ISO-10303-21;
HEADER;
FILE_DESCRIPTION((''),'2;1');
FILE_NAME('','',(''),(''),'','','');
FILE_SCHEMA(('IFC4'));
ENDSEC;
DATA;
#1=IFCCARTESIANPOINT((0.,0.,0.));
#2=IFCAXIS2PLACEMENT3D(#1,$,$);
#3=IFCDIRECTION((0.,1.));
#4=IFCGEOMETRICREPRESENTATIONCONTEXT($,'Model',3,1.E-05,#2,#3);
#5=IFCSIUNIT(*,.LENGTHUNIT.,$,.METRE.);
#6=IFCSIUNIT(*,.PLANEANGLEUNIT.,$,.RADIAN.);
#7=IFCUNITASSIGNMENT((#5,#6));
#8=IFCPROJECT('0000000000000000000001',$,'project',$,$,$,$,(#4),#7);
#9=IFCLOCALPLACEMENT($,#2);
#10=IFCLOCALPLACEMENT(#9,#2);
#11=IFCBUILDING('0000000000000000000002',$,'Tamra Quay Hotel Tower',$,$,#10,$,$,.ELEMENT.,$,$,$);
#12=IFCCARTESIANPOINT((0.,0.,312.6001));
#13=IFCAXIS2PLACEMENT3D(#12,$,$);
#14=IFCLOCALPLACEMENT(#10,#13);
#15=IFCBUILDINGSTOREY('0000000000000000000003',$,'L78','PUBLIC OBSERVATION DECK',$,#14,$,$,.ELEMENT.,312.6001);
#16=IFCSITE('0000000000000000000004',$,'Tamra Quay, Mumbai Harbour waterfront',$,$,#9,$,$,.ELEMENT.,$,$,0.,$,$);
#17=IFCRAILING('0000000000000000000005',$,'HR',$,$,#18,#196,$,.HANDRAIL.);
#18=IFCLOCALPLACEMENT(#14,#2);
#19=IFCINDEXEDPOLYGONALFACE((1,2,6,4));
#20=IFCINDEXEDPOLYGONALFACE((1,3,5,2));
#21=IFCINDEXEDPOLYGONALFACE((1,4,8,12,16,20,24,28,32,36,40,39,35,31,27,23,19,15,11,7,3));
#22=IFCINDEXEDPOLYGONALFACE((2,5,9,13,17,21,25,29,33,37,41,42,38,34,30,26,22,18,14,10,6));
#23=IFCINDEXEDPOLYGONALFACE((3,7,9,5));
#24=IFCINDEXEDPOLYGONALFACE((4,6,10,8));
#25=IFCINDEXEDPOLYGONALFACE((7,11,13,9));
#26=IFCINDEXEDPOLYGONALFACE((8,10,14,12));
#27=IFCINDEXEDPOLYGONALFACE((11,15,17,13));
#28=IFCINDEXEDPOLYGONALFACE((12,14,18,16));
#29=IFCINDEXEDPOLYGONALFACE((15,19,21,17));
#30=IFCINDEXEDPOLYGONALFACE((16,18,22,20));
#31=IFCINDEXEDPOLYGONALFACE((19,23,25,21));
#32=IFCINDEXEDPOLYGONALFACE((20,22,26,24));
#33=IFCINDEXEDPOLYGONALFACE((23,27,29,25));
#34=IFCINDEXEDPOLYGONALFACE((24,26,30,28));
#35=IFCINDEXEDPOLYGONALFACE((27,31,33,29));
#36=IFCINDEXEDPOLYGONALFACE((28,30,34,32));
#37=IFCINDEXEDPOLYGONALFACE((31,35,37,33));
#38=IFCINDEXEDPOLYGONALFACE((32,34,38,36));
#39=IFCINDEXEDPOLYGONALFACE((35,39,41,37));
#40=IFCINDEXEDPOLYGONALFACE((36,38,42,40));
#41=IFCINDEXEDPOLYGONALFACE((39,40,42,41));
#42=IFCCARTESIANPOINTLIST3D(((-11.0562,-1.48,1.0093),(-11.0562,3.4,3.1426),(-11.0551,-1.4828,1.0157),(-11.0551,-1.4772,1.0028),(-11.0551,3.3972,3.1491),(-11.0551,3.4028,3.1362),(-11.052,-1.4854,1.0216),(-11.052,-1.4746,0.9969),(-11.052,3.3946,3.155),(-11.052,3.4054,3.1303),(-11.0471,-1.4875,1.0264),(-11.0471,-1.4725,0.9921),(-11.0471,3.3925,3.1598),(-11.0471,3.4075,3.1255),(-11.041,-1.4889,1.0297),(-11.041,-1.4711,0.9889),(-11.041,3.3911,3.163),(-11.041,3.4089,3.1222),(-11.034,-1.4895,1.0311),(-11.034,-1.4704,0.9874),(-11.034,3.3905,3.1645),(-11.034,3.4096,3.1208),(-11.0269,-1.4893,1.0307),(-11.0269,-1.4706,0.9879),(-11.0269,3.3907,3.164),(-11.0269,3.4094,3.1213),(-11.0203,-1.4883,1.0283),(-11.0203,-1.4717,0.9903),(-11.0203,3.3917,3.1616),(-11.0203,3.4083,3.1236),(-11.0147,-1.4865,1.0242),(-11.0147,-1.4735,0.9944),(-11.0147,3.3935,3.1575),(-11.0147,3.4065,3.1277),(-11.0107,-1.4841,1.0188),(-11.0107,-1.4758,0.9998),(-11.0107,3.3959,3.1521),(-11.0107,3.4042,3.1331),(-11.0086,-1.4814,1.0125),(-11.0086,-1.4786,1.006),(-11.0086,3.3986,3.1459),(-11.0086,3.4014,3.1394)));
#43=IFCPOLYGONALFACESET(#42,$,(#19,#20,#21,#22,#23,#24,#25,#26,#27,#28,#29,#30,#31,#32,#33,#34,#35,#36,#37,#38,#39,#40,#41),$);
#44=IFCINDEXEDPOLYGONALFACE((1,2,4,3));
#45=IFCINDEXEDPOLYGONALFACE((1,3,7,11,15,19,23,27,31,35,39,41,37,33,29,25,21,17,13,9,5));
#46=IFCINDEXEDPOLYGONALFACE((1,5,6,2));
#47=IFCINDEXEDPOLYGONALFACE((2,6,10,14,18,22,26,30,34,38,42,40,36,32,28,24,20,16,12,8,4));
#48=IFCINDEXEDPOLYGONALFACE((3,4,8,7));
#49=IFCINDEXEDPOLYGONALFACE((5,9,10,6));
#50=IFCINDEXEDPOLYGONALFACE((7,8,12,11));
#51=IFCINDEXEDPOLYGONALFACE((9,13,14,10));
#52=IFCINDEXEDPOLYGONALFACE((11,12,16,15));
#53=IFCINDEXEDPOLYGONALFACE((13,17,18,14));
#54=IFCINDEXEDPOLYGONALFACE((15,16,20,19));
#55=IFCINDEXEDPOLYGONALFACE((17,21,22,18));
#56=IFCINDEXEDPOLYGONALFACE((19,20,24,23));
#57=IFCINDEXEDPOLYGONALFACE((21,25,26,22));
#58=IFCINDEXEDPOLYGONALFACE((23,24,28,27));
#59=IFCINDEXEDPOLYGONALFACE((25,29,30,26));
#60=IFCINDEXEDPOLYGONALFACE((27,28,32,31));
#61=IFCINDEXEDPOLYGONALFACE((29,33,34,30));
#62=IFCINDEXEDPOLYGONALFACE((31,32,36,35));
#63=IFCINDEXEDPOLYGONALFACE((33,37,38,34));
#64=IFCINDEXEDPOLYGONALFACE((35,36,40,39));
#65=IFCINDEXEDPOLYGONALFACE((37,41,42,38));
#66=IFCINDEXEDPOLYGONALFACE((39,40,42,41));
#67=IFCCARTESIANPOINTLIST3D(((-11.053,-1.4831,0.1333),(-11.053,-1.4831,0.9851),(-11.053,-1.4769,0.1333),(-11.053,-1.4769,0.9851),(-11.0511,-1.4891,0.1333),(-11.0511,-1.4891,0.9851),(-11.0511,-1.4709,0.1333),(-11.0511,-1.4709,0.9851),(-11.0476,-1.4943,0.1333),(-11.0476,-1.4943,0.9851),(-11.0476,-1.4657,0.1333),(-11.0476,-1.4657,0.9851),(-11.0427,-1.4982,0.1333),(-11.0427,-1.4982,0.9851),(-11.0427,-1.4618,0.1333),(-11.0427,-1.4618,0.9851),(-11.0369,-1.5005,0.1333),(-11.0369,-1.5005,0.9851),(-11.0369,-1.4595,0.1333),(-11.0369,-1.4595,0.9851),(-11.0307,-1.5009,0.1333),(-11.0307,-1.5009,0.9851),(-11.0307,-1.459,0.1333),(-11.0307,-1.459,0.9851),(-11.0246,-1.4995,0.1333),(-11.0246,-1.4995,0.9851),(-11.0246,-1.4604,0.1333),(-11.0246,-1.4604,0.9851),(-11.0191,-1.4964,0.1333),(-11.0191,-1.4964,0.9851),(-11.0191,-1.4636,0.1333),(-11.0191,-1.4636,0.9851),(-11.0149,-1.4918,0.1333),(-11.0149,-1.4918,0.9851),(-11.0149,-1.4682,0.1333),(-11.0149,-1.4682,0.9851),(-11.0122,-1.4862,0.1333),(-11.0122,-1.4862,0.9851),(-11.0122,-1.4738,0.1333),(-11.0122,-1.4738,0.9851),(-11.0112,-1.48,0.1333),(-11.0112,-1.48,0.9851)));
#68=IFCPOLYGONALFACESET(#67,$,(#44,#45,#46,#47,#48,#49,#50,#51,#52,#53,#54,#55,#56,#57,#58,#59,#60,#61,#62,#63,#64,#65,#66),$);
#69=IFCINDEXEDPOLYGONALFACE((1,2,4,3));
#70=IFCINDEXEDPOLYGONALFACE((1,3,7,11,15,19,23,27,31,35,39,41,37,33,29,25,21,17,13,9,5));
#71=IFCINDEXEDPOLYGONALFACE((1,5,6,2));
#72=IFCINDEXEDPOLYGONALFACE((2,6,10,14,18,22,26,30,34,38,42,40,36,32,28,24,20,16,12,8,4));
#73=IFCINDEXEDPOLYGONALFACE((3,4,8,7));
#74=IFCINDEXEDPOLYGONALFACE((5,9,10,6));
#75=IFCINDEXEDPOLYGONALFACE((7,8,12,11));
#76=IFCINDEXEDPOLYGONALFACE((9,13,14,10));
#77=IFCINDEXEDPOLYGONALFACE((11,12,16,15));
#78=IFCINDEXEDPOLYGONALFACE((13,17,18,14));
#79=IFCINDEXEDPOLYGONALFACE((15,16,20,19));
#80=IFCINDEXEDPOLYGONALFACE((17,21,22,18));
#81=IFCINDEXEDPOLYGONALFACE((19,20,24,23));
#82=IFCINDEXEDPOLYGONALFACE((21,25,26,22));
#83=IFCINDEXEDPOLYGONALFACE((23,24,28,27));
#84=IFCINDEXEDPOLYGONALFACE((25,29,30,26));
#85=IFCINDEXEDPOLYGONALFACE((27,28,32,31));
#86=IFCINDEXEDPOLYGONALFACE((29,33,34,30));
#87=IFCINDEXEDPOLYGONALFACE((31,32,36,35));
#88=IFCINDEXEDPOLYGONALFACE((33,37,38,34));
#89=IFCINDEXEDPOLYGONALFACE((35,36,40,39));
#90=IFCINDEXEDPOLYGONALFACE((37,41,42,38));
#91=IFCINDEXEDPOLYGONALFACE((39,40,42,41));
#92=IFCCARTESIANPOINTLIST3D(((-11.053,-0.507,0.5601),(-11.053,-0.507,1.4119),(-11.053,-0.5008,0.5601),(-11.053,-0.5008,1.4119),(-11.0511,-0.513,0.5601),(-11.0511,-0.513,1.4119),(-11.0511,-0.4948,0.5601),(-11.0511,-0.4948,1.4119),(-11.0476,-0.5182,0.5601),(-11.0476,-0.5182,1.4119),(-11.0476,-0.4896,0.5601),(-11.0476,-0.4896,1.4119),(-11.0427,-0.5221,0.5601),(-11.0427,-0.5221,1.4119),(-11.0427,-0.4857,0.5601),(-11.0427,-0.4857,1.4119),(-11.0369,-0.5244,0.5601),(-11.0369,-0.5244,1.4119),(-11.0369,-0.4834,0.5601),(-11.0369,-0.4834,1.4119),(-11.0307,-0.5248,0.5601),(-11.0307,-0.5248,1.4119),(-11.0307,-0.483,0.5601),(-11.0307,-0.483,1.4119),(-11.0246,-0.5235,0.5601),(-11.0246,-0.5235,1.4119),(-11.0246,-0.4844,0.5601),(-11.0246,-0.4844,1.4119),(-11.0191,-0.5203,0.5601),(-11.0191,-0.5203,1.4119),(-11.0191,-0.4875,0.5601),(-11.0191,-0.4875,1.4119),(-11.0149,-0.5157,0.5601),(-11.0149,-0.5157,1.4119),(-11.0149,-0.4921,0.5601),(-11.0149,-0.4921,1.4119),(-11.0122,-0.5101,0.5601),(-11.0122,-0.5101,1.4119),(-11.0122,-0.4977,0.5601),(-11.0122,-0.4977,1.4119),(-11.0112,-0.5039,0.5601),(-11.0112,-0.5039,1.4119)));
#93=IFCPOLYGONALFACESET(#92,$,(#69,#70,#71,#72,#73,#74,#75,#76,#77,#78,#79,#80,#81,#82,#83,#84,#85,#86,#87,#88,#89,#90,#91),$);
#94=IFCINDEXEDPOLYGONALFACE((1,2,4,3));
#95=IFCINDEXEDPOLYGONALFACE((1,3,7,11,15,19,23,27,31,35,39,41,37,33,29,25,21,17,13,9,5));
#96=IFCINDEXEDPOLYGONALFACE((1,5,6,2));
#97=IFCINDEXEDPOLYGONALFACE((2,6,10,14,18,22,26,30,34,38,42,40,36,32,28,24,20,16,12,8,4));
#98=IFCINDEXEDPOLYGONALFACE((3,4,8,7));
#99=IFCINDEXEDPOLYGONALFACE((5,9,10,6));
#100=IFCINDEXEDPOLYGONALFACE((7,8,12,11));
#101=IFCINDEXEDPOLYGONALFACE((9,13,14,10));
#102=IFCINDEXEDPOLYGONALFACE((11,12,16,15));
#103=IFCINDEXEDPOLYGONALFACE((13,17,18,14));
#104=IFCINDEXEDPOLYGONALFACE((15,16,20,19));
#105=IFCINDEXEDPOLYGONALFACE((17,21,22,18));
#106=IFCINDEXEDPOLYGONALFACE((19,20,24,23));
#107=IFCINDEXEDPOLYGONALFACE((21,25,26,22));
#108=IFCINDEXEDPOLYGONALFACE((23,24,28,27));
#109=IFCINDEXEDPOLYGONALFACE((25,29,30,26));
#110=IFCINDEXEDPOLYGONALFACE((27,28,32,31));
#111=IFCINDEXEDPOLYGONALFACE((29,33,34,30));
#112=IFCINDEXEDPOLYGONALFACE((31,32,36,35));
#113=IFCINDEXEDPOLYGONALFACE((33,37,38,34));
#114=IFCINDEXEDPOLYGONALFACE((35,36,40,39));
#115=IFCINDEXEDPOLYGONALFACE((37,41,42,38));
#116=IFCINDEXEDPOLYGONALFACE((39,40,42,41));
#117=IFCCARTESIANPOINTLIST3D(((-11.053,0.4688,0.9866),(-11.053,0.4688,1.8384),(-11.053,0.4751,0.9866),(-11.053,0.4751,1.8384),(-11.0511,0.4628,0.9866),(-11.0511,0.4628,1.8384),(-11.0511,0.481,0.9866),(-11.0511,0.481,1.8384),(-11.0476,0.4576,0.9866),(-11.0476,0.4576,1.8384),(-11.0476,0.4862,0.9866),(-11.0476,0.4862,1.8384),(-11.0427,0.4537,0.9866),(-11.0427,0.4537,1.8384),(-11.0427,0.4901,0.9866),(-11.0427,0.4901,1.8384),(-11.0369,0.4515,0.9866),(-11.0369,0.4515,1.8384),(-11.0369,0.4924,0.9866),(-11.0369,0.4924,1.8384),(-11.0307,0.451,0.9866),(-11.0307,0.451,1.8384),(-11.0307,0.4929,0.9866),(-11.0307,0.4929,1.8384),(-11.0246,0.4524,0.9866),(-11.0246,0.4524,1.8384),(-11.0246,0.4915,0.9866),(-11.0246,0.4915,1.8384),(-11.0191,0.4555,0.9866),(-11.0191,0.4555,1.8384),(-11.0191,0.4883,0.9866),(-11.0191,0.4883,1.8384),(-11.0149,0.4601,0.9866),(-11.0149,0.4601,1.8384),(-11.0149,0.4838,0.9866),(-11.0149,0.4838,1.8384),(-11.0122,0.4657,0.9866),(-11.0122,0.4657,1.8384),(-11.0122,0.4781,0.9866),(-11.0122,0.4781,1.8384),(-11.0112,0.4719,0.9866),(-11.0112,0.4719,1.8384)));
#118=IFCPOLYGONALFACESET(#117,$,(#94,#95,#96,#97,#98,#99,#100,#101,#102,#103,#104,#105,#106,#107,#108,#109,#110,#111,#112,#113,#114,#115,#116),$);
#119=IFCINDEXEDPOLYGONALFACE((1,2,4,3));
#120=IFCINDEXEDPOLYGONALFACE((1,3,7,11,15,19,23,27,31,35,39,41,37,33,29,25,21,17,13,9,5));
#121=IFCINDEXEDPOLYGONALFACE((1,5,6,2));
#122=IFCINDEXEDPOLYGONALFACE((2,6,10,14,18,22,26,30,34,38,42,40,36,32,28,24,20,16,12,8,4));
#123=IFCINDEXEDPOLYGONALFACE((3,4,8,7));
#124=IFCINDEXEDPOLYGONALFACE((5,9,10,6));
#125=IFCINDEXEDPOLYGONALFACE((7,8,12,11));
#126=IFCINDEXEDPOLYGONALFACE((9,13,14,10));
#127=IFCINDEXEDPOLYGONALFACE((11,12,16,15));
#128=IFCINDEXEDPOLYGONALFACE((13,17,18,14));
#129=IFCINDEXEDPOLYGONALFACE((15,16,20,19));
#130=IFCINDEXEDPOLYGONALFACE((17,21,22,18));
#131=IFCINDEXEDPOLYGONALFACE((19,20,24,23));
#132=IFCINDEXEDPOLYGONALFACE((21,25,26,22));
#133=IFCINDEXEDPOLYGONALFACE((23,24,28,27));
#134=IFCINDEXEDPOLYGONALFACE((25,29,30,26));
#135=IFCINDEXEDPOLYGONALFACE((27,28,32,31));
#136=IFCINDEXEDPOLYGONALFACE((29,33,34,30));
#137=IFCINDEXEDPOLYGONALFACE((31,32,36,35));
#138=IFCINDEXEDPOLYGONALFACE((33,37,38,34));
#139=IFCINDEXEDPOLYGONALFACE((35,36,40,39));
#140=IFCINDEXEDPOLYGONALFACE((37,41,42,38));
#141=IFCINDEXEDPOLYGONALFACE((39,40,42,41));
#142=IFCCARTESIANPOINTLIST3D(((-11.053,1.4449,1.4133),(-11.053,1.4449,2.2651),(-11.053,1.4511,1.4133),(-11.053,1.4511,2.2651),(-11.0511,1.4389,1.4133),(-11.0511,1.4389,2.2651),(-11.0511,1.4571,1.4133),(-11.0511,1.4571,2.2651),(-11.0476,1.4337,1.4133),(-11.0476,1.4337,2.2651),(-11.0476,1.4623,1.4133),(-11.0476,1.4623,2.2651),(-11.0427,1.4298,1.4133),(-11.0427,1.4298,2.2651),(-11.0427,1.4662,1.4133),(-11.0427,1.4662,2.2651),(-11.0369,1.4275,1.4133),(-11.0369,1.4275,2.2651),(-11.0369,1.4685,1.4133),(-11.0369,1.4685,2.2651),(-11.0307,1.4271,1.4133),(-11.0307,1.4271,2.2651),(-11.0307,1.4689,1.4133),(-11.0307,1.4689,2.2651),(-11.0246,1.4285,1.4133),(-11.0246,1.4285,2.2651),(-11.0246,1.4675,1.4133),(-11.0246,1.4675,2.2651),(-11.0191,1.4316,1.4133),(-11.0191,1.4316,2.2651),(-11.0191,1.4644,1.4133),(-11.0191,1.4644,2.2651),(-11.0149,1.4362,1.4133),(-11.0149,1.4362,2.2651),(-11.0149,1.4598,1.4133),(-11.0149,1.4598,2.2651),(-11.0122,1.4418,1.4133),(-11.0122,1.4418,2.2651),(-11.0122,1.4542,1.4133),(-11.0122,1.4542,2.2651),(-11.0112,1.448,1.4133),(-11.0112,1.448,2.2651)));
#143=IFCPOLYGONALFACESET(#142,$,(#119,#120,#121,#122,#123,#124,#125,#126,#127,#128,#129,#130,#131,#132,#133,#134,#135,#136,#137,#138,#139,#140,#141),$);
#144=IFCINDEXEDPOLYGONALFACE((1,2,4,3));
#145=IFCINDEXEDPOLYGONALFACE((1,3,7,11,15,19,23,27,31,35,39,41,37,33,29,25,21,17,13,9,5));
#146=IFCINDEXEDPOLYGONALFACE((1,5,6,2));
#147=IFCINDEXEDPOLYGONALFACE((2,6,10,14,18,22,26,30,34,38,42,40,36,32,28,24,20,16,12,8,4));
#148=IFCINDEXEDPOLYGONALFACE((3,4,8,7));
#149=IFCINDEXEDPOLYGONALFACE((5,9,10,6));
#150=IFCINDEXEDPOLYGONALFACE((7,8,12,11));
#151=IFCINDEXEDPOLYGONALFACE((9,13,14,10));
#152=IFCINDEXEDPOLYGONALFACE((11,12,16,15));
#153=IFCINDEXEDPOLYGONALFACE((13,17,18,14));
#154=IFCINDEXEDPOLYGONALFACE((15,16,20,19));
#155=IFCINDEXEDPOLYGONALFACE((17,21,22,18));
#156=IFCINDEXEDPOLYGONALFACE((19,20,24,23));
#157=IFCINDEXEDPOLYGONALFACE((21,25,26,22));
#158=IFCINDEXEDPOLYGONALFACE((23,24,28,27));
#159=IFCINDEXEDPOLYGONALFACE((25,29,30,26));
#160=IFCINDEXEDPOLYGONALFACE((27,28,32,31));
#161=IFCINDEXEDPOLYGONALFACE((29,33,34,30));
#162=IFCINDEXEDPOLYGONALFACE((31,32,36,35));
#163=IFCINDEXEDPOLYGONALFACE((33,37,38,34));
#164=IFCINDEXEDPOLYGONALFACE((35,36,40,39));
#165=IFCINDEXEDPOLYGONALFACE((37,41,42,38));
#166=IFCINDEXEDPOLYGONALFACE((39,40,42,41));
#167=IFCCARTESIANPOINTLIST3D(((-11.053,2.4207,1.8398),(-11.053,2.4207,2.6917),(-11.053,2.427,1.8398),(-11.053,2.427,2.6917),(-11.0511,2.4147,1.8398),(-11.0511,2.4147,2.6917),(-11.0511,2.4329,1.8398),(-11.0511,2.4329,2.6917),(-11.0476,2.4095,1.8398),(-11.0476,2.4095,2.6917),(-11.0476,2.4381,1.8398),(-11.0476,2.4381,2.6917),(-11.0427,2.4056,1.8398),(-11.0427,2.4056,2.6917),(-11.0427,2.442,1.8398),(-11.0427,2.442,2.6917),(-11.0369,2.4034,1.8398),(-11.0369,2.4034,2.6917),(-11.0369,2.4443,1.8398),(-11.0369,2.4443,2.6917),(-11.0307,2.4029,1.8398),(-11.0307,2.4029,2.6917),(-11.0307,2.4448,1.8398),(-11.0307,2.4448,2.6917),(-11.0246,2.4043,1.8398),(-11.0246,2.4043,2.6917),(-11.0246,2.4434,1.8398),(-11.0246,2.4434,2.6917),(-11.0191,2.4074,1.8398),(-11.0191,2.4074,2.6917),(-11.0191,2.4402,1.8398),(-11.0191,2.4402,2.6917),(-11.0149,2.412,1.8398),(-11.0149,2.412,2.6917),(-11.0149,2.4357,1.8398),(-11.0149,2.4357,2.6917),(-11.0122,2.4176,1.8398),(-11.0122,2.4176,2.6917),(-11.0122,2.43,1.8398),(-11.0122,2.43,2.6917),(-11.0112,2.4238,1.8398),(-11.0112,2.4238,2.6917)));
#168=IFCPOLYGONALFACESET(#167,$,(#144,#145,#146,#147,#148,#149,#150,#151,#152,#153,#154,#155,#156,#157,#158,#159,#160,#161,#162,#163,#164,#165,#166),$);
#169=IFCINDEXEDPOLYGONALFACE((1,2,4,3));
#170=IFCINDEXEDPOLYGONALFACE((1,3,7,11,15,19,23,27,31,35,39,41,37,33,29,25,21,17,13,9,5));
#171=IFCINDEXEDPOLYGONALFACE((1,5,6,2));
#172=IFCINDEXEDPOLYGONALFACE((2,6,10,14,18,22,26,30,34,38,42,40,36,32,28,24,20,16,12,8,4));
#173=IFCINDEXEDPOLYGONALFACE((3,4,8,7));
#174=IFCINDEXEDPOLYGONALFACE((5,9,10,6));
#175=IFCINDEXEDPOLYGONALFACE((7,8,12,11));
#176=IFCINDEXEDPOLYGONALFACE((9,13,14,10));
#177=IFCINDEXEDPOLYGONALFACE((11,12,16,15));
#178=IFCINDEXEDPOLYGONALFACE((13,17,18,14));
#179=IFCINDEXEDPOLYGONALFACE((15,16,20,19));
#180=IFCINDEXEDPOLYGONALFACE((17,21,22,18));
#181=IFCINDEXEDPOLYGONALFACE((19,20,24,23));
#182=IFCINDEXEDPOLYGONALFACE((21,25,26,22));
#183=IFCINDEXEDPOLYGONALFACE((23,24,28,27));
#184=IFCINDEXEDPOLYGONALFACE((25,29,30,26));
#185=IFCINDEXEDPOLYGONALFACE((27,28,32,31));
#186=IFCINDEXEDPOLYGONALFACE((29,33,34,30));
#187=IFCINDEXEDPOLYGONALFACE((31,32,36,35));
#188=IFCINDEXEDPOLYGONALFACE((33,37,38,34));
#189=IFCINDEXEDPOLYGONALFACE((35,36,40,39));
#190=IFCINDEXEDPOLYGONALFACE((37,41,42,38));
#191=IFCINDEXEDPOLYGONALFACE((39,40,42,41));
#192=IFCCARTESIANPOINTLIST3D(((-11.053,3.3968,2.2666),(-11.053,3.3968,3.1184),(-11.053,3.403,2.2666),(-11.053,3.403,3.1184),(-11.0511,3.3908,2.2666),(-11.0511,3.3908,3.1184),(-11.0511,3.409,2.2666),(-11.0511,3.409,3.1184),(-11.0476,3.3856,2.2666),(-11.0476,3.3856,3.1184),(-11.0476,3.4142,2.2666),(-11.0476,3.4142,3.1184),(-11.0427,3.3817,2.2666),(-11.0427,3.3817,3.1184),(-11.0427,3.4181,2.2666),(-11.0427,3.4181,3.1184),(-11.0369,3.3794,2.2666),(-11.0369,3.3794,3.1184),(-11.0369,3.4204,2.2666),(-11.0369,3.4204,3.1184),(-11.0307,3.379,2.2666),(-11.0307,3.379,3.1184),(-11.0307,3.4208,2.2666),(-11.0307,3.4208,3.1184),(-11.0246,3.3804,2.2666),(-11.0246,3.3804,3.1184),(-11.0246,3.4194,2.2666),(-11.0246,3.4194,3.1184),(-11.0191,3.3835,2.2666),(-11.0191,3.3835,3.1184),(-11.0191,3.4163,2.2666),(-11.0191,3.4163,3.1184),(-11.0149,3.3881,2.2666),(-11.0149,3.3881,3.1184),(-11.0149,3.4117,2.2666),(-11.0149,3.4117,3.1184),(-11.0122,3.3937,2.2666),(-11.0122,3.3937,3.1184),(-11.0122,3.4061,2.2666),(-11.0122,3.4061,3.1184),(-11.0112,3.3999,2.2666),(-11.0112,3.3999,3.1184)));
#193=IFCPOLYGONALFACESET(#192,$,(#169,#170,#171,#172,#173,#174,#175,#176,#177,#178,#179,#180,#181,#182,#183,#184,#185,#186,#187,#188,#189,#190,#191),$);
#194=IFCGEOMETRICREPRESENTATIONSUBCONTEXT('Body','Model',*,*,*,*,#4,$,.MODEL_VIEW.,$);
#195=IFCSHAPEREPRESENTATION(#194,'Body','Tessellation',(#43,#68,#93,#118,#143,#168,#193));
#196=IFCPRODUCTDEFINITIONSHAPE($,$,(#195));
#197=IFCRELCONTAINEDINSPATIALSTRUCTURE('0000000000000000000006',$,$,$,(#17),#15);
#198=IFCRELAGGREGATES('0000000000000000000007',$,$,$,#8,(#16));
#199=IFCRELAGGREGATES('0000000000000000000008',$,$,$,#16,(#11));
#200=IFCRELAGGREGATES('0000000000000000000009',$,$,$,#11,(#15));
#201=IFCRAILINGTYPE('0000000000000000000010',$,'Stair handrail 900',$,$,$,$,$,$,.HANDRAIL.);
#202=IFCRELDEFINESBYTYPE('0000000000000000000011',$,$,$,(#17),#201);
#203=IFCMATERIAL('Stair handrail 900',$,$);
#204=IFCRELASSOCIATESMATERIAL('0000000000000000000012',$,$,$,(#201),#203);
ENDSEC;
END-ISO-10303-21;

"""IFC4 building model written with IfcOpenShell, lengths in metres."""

from ifc_helpers import new_model, si_unit, direction, frame, origin, origin_2d, place, context, subcontext, project, spatial, circle, extrude, material, type_object, element, save


model = new_model("IFC4")

# Units and contexts
model_context = context("Model", 3, precision=1e-05, world=origin(), true_north=direction((0.0, 1.0)))
body_context = subcontext(model_context, "Body", "Model", "MODEL_VIEW")
ifc_project = project(units=[si_unit("LENGTHUNIT", "METRE"), si_unit("PLANEANGLEUNIT", "RADIAN")], contexts=[model_context])

# Site, building, storey
site_placement = place(None, origin())
site = spatial("IfcSite", under=ifc_project, at=site_placement, Name="Tamra Quay, Mumbai Harbour waterfront", CompositionType="ELEMENT", RefElevation=0.0)
building_placement = place(site_placement, origin())
building = spatial("IfcBuilding", under=site, at=building_placement, Name="Tamra Quay Hotel Tower", CompositionType="ELEMENT")
storey_placement = place(building_placement, frame((0.0, 0.0, 312.6001)))
storey = spatial("IfcBuildingStorey", under=building, at=storey_placement, Name="L78", Description="PUBLIC OBSERVATION DECK", CompositionType="ELEMENT", Elevation=312.6001)

# Railing
ifc_material_1 = material(Name="Stair handrail 900")
railing_type = type_object("IfcRailingType", Name="Stair handrail 900", PredefinedType="HANDRAIL", material=ifc_material_1)
railing_1_placement = place(storey_placement, frame((-11.0322, -1.48, 0.1333)))
element("IfcRailing", 1, at=railing_1_placement, inside=storey, type_object=railing_type, Name="HR", PredefinedType="HANDRAIL", context=body_context, shape_type="SweptSolid", body=[
    extrude(circle(Radius=0.0239, at=origin_2d()), frame((0.0, 0.0, 0.876), z_axis=(0.0, 0.916271, 0.400559), x_axis=(-1.0, 0.0, 0.0)), (0.0, 0.0, 1.0), 5.3259),
    extrude(circle(Radius=0.021, at=origin_2d()), origin(), (0.0, 0.0, 1.0), 0.8518),
    extrude(circle(Radius=0.021, at=origin_2d()), frame((0.0, 0.9761, 0.4268)), (0.0, 0.0, 1.0), 0.8518),
    extrude(circle(Radius=0.021, at=origin_2d()), frame((0.0, 1.9519, 0.8533)), (0.0, 0.0, 1.0), 0.8518),
    extrude(circle(Radius=0.021, at=origin_2d()), frame((0.0, 2.928, 1.28)), (0.0, 0.0, 1.0), 0.8518),
    extrude(circle(Radius=0.021, at=origin_2d()), frame((0.0, 3.9038, 1.7065)), (0.0, 0.0, 1.0), 0.8518),
    extrude(circle(Radius=0.021, at=origin_2d()), frame((0.0, 4.8799, 2.1333)), (0.0, 0.0, 1.0), 0.8518),
])

save(model, "model.ifc")
